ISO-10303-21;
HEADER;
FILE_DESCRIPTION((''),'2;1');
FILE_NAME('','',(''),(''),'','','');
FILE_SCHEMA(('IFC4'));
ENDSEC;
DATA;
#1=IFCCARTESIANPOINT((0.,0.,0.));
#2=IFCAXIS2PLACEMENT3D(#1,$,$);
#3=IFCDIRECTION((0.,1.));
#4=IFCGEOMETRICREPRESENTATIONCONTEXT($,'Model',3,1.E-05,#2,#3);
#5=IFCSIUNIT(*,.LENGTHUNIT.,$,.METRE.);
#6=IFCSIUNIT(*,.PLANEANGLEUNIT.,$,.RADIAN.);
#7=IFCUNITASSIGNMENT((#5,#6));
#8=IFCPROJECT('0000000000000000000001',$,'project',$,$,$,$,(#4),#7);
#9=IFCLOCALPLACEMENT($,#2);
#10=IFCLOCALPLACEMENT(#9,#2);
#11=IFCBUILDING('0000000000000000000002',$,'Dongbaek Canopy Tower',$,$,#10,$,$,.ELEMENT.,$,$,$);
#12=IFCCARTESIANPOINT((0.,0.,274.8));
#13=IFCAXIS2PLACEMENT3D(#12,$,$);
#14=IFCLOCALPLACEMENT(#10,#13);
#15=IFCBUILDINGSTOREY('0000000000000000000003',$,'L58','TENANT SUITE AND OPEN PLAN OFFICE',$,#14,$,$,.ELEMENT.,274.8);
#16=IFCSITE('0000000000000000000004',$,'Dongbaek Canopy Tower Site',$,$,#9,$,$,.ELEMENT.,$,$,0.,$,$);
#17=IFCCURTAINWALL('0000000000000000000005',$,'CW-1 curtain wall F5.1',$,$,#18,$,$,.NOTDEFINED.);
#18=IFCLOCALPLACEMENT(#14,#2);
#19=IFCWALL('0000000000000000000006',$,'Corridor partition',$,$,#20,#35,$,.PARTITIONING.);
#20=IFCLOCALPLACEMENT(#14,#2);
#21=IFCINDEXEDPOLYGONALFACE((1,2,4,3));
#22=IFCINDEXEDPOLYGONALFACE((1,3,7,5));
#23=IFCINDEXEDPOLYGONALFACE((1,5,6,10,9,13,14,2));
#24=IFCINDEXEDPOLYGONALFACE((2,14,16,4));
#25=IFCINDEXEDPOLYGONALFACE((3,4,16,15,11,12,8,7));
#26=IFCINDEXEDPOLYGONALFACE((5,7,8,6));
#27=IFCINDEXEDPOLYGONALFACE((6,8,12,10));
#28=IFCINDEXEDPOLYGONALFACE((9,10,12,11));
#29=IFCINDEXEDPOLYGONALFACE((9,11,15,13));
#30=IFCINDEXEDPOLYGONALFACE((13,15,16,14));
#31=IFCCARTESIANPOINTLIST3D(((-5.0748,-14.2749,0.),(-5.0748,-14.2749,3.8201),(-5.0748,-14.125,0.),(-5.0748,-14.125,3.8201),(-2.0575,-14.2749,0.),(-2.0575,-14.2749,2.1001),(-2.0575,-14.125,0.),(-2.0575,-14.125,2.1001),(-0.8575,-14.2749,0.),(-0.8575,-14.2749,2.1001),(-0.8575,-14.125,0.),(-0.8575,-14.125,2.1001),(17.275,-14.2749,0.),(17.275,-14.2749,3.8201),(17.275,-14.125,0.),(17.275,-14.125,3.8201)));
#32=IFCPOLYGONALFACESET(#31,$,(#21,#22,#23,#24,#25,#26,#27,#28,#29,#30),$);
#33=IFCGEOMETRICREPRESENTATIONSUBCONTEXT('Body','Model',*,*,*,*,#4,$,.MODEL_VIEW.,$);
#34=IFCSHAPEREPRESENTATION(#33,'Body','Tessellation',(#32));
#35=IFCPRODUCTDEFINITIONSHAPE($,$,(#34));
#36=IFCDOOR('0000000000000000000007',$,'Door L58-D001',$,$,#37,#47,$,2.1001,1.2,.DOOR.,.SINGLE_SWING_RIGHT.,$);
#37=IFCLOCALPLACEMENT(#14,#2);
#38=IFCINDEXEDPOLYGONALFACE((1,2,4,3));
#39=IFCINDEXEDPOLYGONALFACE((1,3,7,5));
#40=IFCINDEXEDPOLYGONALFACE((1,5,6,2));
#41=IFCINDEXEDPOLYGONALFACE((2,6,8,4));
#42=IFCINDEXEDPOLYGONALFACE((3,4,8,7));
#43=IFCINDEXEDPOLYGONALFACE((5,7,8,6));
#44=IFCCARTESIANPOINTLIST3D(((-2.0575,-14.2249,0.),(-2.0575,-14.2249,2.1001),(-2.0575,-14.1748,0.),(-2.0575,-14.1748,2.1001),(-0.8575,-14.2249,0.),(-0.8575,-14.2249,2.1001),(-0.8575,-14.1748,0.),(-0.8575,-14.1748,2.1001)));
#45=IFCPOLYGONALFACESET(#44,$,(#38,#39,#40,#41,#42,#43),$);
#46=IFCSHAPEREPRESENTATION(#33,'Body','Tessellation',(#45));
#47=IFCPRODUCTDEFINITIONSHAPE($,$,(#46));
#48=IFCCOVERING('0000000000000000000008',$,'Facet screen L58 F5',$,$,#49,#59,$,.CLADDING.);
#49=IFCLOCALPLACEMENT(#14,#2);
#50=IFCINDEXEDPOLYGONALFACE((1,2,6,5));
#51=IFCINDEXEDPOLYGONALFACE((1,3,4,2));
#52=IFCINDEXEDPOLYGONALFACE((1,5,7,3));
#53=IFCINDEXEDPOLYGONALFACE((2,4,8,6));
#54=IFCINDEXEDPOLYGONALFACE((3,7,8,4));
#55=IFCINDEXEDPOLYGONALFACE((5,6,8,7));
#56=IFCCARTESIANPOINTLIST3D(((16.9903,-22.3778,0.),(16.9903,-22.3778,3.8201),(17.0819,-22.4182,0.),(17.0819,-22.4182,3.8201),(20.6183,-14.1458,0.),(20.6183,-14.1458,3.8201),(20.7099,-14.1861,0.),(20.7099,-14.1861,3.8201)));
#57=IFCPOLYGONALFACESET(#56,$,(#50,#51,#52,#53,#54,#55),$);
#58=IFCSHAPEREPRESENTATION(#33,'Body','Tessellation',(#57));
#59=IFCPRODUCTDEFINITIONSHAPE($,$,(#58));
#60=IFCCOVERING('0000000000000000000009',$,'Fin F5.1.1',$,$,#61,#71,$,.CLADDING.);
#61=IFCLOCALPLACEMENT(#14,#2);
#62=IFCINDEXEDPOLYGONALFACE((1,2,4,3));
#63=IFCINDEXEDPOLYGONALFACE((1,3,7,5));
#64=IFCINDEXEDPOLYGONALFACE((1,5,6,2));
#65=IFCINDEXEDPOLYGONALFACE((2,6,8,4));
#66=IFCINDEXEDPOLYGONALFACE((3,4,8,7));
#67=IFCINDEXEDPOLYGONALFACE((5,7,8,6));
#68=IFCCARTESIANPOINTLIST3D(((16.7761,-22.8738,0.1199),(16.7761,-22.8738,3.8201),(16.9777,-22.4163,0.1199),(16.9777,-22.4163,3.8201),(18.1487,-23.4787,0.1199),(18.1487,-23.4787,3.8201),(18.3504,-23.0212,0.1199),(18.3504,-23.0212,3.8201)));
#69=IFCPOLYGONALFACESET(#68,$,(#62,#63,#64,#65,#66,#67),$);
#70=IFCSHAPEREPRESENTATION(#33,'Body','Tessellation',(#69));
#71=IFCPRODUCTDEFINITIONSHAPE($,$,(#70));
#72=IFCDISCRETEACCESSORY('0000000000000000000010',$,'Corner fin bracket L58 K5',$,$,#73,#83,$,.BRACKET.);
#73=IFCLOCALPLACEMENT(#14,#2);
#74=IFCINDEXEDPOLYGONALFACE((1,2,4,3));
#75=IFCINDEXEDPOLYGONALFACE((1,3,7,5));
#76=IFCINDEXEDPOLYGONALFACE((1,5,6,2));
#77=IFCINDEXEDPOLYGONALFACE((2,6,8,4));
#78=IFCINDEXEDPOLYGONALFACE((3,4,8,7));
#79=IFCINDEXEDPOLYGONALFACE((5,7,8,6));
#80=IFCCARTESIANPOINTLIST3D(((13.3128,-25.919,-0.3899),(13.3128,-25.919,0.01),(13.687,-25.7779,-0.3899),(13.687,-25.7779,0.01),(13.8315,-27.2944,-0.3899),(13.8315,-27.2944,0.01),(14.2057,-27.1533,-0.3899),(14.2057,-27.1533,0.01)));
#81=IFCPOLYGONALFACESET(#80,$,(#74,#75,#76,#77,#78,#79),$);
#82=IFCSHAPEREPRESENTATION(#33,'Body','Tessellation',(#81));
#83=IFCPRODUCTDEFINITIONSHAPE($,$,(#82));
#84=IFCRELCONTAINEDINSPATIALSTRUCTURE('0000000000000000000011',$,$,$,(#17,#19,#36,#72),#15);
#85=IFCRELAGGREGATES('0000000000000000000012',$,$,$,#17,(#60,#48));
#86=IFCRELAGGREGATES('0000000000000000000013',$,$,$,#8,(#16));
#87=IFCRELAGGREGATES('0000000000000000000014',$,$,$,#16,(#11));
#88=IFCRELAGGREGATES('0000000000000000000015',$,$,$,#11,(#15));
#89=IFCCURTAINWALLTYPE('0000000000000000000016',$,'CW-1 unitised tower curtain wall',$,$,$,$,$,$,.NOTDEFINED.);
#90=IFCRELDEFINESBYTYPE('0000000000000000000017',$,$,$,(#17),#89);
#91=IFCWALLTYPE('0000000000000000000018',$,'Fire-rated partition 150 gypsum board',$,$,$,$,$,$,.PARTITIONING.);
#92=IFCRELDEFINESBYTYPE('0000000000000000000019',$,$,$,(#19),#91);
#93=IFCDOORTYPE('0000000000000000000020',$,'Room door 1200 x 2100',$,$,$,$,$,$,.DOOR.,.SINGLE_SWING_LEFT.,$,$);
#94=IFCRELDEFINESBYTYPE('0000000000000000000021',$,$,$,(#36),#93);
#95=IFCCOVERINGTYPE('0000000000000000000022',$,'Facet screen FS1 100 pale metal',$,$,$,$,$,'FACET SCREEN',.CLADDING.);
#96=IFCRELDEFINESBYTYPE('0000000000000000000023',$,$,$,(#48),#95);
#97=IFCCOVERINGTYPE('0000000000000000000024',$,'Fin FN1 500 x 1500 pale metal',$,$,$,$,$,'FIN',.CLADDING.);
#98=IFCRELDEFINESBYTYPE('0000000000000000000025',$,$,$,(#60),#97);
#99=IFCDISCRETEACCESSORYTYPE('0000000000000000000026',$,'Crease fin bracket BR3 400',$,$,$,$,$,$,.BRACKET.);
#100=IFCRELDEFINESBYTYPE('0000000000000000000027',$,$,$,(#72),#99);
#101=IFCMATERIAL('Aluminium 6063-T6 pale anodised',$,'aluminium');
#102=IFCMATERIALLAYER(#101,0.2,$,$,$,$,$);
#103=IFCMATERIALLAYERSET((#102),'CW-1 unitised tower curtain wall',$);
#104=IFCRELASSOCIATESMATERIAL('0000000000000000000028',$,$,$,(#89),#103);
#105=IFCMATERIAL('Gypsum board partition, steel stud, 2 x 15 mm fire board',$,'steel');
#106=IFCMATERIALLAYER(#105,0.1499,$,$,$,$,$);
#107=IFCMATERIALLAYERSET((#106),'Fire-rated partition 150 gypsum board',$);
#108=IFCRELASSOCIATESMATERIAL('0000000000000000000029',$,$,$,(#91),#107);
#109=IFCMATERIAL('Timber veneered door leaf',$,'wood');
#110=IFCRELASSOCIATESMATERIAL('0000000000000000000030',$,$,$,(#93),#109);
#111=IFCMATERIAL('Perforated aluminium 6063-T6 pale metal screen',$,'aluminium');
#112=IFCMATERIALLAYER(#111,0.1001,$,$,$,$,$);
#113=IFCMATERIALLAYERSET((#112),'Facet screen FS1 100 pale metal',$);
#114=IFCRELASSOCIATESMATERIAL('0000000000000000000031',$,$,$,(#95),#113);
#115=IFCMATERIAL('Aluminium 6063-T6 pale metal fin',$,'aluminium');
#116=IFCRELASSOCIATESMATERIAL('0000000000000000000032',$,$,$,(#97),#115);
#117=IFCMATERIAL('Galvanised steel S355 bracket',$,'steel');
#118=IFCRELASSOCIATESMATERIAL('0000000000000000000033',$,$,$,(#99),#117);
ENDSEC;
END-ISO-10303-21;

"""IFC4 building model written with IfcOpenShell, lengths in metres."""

from ifc_helpers import new_model, si_unit, direction, frame, frame_2d, origin, origin_2d, place, context, subcontext, project, spatial, rectangle, extrude, material, layer, layer_set, material_profile, profile_set, type_object, element, fill, aggregate, save


model = new_model("IFC4")

# Units and contexts
model_context = context("Model", 3, precision=1e-05, world=origin(), true_north=direction((0.0, 1.0)))
body_context = subcontext(model_context, "Body", "Model", "MODEL_VIEW")
ifc_project = project(units=[si_unit("LENGTHUNIT", "METRE"), si_unit("PLANEANGLEUNIT", "RADIAN")], contexts=[model_context])

# Site, building, storey
site_placement = place(None, origin())
site = spatial("IfcSite", under=ifc_project, at=site_placement, Name="Dongbaek Canopy Tower Site", CompositionType="ELEMENT", RefElevation=0.0)
building_placement = place(site_placement, origin())
building = spatial("IfcBuilding", under=site, at=building_placement, Name="Dongbaek Canopy Tower", CompositionType="ELEMENT")
storey_placement = place(building_placement, frame((0.0, 0.0, 274.8)))
storey = spatial("IfcBuildingStorey", under=building, at=storey_placement, Name="L58", Description="TENANT SUITE AND OPEN PLAN OFFICE", CompositionType="ELEMENT", Elevation=274.8)

# Curtain wall
ifc_material_1 = material(Name="Aluminium 6063-T6 pale anodised", Category="aluminium")
ifc_layer_1 = layer(ifc_material_1, 0.2)
ifc_layer_set_1 = layer_set([ifc_layer_1], Name="CW-1 unitised tower curtain wall")
curtain_wall_type = type_object("IfcCurtainWallType", Name="CW-1 unitised tower curtain wall", PredefinedType="NOTDEFINED", material=ifc_layer_set_1)
curtain_wall_1_placement = place(storey_placement, origin())
curtain_wall_1 = element("IfcCurtainWall", 1, at=curtain_wall_1_placement, inside=storey, type_object=curtain_wall_type, Name="CW-1 curtain wall F5.1", PredefinedType="NOTDEFINED")

# Wall, opening, door
ifc_material_2 = material(Name="Gypsum board partition, steel stud, 2 x 15 mm fire board", Category="steel")
ifc_layer_2 = layer(ifc_material_2, 0.1499)
ifc_layer_set_2 = layer_set([ifc_layer_2], Name="Fire-rated partition 150 gypsum board")
wall_type_1 = type_object("IfcWallType", Name="Fire-rated partition 150 gypsum board", PredefinedType="PARTITIONING", material=ifc_layer_set_2)
wall_1_placement = place(storey_placement, frame((17.2749, -14.2, 0.0), z_axis=(0.0, 0.0, 1.0), x_axis=(-1.0, 0.0, 0.0)))
wall_1 = element("IfcWall", 2, at=wall_1_placement, inside=storey, type_object=wall_type_1, Name="Corridor partition", PredefinedType="PARTITIONING", context=body_context, shape_type="SweptSolid", body=[
    extrude(rectangle(XDim=22.3499, YDim=0.1499, at=frame_2d((11.1748, 0.0))), origin(), (0.0, 0.0, 1.0), 3.8201),
])
opening_1_placement = place(wall_1_placement, frame((18.1323, 0.0, 0.0)))
opening_1 = element("IfcOpeningElement", 3, at=opening_1_placement, cuts=wall_1, PredefinedType="OPENING", context=body_context, shape_type="SweptSolid", body=[
    extrude(rectangle(XDim=1.2, YDim=2.1001, at=frame_2d((0.6001, 1.05))), frame((0.0, 0.085, 0.0), z_axis=(0.0, -1.0, 0.0), x_axis=(1.0, 0.0, 0.0)), (0.0, 0.0, 1.0), 0.1699),
])
ifc_material_3 = material(Name="Timber veneered door leaf", Category="wood")
door_type_1 = type_object("IfcDoorType", Name="Room door 1200 x 2100", OperationType="SINGLE_SWING_LEFT", PredefinedType="DOOR", material=ifc_material_3)
door_1_placement = place(opening_1_placement, origin())
door_1 = element("IfcDoor", 4, at=door_1_placement, inside=storey, type_object=door_type_1, Name="Door L58-D001", OperationType="SINGLE_SWING_RIGHT", OverallHeight=2.1001, OverallWidth=1.2, PredefinedType="DOOR", context=body_context, shape_type="SweptSolid", body=[
    extrude(rectangle(XDim=1.2, YDim=2.1001, at=frame_2d((0.6001, 1.05))), frame((0.0, 0.0249, 0.0), z_axis=(0.0, -1.0, 0.0), x_axis=(1.0, 0.0, 0.0)), (0.0, 0.0, 1.0), 0.05),
])
fill(opening_1, door_1)

# Coverings
ifc_material_4 = material(Name="Perforated aluminium 6063-T6 pale metal screen", Category="aluminium")
ifc_layer_3 = layer(ifc_material_4, 0.1001)
ifc_layer_set_3 = layer_set([ifc_layer_3], Name="Facet screen FS1 100 pale metal")
covering_type_1 = type_object("IfcCoveringType", Name="Facet screen FS1 100 pale metal", ElementType="FACET SCREEN", PredefinedType="CLADDING", material=ifc_layer_set_3)
covering_1_placement = place(storey_placement, frame((18.8501, -18.282, 0.0), z_axis=(0.0, 0.0, 1.0), x_axis=(0.403288, 0.915073, 0.0)))
covering_1 = element("IfcCovering", 5, at=covering_1_placement, type_object=covering_type_1, Name="Facet screen L58 F5", PredefinedType="CLADDING", context=body_context, shape_type="SweptSolid", body=[
    extrude(rectangle(XDim=8.9961, YDim=0.1001, at=origin_2d()), origin(), (0.0, 0.0, 1.0), 3.8201),
])
ifc_material_5 = material(Name="Aluminium 6063-T6 pale metal fin", Category="aluminium")
ifc_material_profile_1 = material_profile(ifc_material_5, rectangle(XDim=1.5, YDim=0.5, at=origin_2d()), Name="Fin FN1 500 x 1500 pale metal")
ifc_profile_set_1 = profile_set([ifc_material_profile_1], Name="Aluminium 6063-T6 pale metal fin")
covering_type_2 = type_object("IfcCoveringType", Name="Fin FN1 500 x 1500 pale metal", ElementType="FIN", PredefinedType="CLADDING", material=ifc_profile_set_1)
covering_2_placement = place(storey_placement, frame((17.5632, -22.9475, 0.1199), z_axis=(0.0, 0.0, 1.0), x_axis=(0.915073, -0.403288, 0.0)))
covering_2 = element("IfcCovering", 6, at=covering_2_placement, type_object=covering_type_2, Name="Fin F5.1.1", PredefinedType="CLADDING", context=body_context, shape_type="SweptSolid", body=[
    extrude(rectangle(XDim=1.5, YDim=0.5, at=origin_2d()), origin(), (0.0, 0.0, 1.0), 3.7002),
])
aggregate(curtain_wall_1, [covering_2, covering_1])

# Discrete accessory
ifc_material_6 = material(Name="Galvanised steel S355 bracket", Category="steel")
discrete_accessory_type = type_object("IfcDiscreteAccessoryType", Name="Crease fin bracket BR3 400", PredefinedType="BRACKET", material=ifc_material_6)
discrete_accessory_placement = place(storey_placement, frame((13.7593, -26.5361, -0.3899), z_axis=(0.0, 0.0, 1.0), x_axis=(0.352874, -0.935671, 0.0)))
element("IfcDiscreteAccessory", 7, at=discrete_accessory_placement, inside=storey, type_object=discrete_accessory_type, Name="Corner fin bracket L58 K5", PredefinedType="BRACKET", context=body_context, shape_type="SweptSolid", body=[
    extrude(rectangle(XDim=1.47, YDim=0.3999, at=origin_2d()), origin(), (0.0, 0.0, 1.0), 0.3999),
])

save(model, "model.ifc")
